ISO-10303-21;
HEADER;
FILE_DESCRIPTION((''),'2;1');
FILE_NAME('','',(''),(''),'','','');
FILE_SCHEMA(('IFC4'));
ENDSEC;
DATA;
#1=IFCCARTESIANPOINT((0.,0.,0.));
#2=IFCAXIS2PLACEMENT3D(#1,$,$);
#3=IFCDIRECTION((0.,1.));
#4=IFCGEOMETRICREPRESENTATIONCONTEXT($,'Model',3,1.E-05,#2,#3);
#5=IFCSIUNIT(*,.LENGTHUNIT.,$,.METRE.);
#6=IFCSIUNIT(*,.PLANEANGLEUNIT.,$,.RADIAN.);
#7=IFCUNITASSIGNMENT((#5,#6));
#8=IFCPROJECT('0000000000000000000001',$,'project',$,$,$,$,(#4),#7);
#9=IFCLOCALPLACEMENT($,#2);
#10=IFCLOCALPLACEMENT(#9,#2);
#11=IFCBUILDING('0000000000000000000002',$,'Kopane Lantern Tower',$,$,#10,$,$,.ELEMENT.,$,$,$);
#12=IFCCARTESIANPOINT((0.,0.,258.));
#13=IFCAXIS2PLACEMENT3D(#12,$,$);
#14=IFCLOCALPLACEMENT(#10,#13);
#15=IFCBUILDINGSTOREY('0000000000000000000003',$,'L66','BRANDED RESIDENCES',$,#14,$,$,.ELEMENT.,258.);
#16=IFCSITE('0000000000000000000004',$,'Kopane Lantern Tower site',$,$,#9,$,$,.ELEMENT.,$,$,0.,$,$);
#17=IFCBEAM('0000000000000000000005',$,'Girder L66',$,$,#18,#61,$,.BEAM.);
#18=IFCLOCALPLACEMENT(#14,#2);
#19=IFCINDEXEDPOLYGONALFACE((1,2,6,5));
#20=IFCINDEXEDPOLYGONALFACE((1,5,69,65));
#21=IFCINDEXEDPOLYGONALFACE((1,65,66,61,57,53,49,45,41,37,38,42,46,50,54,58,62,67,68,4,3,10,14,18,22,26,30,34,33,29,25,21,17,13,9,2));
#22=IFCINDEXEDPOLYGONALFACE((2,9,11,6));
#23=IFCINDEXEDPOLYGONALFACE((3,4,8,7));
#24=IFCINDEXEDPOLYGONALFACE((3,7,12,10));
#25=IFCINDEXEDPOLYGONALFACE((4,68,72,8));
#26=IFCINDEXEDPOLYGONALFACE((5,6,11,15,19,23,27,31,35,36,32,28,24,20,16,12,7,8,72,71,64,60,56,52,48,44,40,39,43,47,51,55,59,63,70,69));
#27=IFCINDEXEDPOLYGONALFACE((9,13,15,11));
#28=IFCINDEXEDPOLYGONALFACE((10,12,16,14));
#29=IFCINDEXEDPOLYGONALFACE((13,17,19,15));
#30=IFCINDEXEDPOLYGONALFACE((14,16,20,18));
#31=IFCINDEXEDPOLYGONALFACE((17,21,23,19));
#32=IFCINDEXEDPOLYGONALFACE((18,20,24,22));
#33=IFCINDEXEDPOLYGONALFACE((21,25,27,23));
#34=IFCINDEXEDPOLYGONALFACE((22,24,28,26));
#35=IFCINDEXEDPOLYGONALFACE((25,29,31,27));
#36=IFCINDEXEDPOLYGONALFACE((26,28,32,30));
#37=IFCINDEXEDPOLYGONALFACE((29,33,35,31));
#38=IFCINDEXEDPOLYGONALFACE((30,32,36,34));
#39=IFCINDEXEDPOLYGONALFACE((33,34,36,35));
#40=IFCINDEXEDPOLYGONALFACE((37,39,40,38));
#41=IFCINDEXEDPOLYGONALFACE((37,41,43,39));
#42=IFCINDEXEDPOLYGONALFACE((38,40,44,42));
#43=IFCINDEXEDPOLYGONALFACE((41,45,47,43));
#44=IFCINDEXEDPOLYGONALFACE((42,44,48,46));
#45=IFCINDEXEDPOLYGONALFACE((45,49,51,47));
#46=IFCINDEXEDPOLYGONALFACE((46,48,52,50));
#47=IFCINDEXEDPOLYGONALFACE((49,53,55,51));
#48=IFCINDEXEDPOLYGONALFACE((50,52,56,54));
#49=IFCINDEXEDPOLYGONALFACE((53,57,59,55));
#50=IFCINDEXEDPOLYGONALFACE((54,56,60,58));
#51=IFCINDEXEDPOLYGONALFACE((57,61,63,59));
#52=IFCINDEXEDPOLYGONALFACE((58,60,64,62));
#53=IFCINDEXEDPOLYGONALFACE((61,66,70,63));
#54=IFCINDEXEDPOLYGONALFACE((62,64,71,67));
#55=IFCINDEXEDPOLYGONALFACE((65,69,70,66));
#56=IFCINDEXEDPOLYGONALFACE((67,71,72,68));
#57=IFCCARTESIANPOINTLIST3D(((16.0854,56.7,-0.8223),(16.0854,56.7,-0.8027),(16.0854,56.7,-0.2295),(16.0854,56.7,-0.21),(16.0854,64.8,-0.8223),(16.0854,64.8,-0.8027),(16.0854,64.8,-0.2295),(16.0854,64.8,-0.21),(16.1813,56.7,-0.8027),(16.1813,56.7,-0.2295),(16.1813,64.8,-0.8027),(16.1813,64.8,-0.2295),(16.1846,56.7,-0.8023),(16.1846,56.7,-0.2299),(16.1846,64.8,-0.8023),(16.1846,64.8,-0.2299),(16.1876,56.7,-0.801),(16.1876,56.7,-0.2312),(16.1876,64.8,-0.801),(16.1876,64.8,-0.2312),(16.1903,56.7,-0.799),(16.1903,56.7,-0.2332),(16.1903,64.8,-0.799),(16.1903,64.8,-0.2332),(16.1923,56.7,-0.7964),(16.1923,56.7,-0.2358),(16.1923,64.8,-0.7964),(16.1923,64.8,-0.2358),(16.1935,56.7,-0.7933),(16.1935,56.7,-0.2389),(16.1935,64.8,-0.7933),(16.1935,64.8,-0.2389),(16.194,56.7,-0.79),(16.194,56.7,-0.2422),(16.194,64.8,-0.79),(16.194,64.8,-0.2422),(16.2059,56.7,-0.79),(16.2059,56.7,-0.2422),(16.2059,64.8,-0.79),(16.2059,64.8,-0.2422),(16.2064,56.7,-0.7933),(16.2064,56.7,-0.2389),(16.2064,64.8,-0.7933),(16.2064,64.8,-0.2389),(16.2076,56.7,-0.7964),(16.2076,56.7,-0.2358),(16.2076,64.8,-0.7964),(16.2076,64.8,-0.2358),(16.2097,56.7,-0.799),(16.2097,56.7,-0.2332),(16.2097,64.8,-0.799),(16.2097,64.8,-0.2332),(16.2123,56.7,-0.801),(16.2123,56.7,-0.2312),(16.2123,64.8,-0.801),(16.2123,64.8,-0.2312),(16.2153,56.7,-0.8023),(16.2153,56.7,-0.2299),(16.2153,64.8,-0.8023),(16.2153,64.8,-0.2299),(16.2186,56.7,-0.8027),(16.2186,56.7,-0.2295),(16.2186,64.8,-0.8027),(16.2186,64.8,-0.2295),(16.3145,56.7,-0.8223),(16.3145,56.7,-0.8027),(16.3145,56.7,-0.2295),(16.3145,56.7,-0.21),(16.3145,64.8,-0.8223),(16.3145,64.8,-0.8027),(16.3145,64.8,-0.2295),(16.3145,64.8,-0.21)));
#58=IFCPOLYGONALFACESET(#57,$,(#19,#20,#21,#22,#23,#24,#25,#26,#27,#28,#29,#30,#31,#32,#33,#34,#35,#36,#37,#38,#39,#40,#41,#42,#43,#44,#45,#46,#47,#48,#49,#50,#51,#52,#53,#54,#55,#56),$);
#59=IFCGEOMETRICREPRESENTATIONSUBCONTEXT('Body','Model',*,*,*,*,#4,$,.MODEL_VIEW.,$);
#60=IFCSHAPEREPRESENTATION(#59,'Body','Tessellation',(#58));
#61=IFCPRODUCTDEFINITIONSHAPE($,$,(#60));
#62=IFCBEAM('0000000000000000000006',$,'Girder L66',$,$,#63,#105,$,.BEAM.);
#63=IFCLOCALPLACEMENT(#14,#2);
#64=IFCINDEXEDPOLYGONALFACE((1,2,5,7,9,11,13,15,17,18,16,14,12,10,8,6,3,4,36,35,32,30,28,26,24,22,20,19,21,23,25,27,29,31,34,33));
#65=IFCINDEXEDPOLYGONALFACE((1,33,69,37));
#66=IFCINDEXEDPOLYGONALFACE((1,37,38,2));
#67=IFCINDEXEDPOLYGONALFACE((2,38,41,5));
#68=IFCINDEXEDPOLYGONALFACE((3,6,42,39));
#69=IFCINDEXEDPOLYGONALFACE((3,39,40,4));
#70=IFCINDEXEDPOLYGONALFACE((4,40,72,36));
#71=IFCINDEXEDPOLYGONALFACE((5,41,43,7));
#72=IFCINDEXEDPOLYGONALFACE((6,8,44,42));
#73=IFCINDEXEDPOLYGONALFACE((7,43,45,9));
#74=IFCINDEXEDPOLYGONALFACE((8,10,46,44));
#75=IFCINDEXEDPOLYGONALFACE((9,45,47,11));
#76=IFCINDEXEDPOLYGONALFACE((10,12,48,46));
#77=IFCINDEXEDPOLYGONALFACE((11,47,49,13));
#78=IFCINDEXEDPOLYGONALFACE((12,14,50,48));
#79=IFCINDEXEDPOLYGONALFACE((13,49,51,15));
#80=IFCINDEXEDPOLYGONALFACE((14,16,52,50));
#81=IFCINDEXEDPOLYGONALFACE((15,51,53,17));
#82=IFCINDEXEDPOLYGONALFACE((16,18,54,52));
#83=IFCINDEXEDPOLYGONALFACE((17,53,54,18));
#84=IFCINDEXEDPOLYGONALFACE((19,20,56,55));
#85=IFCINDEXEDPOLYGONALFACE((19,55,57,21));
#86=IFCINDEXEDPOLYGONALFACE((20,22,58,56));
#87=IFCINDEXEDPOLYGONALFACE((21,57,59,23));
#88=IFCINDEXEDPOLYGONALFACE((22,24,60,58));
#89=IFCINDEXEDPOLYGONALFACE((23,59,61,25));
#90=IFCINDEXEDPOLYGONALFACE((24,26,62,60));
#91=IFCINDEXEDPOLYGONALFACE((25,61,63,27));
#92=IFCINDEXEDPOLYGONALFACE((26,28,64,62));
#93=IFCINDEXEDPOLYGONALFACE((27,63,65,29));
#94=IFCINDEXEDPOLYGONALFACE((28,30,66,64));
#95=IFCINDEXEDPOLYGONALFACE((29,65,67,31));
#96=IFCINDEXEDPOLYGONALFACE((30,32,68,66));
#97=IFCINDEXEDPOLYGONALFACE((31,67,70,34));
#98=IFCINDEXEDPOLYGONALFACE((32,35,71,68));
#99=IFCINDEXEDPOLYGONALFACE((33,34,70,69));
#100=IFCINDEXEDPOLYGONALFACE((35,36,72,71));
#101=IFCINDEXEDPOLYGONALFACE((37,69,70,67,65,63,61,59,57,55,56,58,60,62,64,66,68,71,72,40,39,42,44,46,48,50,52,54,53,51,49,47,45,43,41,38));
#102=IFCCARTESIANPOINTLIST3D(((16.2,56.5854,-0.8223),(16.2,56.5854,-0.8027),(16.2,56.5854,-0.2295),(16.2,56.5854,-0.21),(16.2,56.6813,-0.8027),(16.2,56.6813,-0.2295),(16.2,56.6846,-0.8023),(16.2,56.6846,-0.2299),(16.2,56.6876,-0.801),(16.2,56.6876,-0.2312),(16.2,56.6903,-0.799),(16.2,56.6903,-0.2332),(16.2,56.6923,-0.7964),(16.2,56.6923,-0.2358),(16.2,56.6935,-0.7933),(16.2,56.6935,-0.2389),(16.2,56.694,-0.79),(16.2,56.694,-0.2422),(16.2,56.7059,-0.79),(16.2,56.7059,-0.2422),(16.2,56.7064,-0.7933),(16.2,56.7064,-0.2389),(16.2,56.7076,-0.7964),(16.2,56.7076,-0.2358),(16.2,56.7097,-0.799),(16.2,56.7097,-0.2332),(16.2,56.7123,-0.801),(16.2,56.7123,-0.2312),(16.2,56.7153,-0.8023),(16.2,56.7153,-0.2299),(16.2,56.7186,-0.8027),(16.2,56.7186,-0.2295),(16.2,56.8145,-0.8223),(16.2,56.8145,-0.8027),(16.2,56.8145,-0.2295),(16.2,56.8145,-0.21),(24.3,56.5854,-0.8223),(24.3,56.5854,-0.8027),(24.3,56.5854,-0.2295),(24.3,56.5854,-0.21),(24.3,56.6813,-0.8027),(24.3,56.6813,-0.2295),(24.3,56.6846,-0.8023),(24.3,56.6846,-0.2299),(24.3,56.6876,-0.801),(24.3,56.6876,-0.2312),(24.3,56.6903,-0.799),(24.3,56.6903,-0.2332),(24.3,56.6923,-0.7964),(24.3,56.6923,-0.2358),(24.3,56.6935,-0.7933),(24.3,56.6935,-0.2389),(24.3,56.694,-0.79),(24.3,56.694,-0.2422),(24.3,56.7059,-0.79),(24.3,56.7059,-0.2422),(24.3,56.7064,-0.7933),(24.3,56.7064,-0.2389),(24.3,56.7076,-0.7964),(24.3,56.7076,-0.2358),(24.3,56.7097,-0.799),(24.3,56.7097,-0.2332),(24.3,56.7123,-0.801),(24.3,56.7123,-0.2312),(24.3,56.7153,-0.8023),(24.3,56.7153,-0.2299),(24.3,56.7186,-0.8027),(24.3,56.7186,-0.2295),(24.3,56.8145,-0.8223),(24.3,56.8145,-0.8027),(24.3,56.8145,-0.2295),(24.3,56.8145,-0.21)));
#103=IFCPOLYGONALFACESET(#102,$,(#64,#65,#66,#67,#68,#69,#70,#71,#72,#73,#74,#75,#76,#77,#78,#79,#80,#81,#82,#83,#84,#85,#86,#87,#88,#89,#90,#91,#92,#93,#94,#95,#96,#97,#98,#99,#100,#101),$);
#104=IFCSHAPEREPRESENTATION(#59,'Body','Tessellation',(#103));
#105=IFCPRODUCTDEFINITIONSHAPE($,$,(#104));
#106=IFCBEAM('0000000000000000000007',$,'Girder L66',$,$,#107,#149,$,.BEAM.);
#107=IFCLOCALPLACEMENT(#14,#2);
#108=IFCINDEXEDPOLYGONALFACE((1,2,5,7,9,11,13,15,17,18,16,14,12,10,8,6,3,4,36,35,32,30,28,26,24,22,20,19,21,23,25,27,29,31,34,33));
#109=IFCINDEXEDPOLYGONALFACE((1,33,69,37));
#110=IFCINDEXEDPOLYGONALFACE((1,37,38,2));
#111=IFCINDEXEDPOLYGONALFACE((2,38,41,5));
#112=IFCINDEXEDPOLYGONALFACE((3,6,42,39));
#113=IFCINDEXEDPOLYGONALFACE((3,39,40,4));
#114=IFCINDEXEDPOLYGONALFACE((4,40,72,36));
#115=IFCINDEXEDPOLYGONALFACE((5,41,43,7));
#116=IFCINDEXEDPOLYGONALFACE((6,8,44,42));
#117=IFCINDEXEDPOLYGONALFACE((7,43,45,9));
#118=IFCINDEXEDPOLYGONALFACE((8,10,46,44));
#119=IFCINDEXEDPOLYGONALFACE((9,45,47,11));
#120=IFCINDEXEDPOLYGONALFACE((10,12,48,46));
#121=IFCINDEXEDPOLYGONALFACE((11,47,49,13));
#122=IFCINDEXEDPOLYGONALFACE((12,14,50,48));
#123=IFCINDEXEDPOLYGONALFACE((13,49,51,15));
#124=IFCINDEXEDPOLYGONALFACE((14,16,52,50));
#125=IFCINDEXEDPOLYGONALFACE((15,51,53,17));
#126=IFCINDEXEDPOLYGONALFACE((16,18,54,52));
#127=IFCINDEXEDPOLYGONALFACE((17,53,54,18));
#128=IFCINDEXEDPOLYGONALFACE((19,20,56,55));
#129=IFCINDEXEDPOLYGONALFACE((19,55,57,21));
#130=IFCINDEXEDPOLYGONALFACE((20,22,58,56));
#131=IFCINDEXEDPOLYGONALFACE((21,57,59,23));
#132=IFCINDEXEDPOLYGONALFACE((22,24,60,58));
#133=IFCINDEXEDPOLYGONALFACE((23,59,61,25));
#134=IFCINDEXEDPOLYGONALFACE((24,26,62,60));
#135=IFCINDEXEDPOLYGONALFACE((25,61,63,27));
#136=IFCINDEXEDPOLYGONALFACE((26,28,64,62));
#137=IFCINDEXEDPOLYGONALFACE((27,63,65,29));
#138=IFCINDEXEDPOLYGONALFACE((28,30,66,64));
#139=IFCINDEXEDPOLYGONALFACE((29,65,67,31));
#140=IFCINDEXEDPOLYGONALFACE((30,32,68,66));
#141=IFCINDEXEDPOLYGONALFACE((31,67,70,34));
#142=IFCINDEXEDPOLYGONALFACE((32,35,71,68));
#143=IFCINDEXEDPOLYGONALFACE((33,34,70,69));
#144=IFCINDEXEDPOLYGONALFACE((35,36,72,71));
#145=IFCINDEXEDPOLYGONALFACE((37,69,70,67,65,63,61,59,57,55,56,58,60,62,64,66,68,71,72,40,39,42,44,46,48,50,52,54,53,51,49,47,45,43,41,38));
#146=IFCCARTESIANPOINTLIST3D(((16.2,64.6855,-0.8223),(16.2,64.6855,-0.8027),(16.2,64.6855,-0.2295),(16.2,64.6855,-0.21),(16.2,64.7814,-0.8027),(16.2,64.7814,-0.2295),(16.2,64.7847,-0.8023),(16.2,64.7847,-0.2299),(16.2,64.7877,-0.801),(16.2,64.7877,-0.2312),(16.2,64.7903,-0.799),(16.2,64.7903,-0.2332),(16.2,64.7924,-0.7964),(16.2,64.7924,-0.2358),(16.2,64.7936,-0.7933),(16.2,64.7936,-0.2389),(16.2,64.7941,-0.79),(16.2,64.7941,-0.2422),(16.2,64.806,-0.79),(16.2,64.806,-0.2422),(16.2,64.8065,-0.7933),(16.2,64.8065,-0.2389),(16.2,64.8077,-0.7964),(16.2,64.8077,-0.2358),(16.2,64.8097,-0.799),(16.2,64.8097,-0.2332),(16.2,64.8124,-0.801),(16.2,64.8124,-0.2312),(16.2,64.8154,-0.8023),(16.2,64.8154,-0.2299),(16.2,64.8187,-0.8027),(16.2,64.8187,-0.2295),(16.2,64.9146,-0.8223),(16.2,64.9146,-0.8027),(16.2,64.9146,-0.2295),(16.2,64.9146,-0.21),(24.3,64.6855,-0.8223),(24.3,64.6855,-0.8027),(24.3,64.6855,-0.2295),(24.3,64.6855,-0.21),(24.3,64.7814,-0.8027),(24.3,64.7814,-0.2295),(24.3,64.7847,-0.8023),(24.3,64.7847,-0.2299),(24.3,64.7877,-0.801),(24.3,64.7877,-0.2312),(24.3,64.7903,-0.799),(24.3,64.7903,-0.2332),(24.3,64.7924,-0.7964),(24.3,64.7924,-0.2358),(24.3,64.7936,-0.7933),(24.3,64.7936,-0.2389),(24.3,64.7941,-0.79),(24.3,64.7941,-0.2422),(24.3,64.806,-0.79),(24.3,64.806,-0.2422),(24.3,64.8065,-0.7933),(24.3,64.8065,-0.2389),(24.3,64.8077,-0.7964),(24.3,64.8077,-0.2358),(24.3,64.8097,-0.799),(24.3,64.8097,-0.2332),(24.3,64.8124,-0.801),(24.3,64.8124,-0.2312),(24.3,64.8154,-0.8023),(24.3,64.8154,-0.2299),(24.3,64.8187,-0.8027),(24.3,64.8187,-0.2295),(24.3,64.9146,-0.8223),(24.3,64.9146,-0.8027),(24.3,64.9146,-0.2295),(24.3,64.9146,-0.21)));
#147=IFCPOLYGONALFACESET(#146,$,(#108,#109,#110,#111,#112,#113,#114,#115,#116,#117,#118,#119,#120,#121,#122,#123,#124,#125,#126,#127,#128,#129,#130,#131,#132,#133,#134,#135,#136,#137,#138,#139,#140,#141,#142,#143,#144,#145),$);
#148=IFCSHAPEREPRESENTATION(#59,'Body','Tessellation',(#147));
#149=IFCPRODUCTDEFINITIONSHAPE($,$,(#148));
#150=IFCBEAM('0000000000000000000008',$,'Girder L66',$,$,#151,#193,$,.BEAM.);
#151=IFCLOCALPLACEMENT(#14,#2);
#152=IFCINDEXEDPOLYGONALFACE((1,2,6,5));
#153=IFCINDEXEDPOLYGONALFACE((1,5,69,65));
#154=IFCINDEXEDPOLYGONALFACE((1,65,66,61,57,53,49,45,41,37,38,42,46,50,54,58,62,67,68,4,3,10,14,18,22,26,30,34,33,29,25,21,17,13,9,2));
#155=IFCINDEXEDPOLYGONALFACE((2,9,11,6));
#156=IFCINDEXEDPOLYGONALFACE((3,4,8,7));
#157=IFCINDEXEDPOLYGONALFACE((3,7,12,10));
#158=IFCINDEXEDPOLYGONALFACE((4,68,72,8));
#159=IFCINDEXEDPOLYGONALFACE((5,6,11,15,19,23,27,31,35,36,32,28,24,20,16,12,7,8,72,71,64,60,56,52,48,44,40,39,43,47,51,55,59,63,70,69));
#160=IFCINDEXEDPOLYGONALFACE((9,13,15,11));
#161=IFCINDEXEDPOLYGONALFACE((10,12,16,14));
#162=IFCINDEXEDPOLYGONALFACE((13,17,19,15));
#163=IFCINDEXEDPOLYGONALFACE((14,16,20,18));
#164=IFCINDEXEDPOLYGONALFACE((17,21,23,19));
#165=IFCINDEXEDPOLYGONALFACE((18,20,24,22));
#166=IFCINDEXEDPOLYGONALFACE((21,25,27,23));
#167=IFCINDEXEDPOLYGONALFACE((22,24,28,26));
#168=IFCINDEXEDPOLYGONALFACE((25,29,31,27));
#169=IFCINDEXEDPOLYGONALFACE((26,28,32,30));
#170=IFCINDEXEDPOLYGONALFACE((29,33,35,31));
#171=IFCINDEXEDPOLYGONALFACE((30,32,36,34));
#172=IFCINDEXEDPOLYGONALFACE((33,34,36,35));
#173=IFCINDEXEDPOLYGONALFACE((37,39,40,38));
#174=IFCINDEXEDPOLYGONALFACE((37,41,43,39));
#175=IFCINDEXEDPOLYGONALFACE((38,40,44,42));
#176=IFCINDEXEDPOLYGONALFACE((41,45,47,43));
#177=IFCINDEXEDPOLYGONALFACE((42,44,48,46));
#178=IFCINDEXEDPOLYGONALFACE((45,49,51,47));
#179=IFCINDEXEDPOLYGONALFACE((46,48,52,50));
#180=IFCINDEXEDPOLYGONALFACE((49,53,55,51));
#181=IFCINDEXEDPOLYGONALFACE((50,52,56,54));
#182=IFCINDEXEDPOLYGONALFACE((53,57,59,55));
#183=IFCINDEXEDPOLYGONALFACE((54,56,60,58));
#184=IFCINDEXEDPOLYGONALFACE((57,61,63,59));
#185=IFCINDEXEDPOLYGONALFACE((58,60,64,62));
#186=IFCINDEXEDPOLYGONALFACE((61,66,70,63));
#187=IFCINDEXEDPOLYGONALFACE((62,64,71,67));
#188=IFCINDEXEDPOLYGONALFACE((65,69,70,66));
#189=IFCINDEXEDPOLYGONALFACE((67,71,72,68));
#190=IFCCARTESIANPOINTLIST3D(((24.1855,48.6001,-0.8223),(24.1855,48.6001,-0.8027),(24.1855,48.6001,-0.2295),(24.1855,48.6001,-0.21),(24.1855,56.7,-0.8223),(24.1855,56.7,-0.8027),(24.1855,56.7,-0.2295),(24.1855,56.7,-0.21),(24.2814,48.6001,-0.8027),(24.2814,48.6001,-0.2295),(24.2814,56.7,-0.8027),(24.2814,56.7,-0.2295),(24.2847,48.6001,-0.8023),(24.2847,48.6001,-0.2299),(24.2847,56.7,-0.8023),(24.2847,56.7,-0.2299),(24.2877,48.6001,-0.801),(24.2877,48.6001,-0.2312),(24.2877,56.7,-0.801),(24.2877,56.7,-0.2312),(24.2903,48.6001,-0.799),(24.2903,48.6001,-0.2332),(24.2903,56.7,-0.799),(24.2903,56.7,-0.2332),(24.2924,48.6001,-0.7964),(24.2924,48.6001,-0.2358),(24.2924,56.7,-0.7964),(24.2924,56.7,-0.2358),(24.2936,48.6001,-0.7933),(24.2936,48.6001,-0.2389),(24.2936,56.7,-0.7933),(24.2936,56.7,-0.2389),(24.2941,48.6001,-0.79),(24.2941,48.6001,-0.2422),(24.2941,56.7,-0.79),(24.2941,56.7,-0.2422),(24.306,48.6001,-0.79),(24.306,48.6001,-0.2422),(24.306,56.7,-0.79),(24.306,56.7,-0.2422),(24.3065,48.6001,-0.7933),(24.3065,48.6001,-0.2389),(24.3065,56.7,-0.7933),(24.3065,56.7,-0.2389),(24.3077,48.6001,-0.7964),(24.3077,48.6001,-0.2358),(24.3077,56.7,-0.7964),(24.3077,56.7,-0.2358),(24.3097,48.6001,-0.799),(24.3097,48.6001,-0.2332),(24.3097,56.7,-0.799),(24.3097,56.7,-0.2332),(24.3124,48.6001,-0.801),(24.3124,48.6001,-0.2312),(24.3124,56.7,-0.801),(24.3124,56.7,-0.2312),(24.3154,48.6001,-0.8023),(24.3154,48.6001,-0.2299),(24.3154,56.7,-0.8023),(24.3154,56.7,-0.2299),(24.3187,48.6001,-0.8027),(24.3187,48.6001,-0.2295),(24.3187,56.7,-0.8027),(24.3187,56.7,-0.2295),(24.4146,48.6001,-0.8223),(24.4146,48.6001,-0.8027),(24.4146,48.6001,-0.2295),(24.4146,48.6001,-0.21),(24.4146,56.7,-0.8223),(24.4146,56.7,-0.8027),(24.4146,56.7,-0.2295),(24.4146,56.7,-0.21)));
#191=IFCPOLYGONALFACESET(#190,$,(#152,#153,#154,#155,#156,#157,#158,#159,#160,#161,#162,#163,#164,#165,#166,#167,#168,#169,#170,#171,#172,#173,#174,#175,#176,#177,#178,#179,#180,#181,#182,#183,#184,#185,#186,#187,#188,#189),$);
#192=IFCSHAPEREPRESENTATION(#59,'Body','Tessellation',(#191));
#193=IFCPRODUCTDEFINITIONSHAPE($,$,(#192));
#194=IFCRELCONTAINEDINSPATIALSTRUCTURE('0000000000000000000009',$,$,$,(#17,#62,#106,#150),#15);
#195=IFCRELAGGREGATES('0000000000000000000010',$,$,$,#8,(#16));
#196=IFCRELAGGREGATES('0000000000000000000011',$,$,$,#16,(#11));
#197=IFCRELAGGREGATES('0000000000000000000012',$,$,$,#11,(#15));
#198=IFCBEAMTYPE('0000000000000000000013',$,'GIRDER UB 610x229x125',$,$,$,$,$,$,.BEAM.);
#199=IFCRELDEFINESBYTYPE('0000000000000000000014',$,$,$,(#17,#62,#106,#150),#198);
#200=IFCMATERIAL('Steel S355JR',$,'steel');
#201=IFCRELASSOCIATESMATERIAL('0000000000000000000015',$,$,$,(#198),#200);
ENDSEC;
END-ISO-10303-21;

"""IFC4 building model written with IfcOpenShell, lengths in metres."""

from ifc_helpers import new_model, si_unit, direction, frame, origin, origin_2d, place, context, subcontext, project, spatial, i_section, extrude, material, material_profile, profile_set, type_object, element, save


model = new_model("IFC4")

# Units and contexts
model_context = context("Model", 3, precision=1e-05, world=origin(), true_north=direction((0.0, 1.0)))
body_context = subcontext(model_context, "Body", "Model", "MODEL_VIEW")
ifc_project = project(units=[si_unit("LENGTHUNIT", "METRE"), si_unit("PLANEANGLEUNIT", "RADIAN")], contexts=[model_context])

# Site, building, storey
site_placement = place(None, origin())
site = spatial("IfcSite", under=ifc_project, at=site_placement, Name="Kopane Lantern Tower site", CompositionType="ELEMENT", RefElevation=0.0)
building_placement = place(site_placement, origin())
building = spatial("IfcBuilding", under=site, at=building_placement, Name="Kopane Lantern Tower", CompositionType="ELEMENT")
storey_placement = place(building_placement, frame((0.0, 0.0, 258.0)))
storey = spatial("IfcBuildingStorey", under=building, at=storey_placement, Name="L66", Description="BRANDED RESIDENCES", CompositionType="ELEMENT", Elevation=258.0)

# Beams
ifc_material_1 = material(Name="Steel S355JR", Category="steel")
ifc_material_profile_1 = material_profile(ifc_material_1, i_section(OverallWidth=0.229, OverallDepth=0.6123, WebThickness=0.012, FlangeThickness=0.0195, FilletRadius=0.0127, at=origin_2d()), Name="UB 610x229x125")
ifc_profile_set_1 = profile_set([ifc_material_profile_1], Name="Steel S355JR")
beam_type = type_object("IfcBeamType", Name="GIRDER UB 610x229x125", PredefinedType="BEAM", material=ifc_profile_set_1)
for number, where, z_axis, x_axis, name in (
    (1, (16.2, 56.7, -0.5161), (0.0, 1.0, 0.0), (-1.0, 0.0, 0.0), "Girder L66"),
    (2, (16.2, 56.7, -0.5161), (1.0, 0.0, 0.0), (0.0, 1.0, 0.0), "Girder L66"),
    (3, (16.2, 64.8, -0.5161), (1.0, 0.0, 0.0), (0.0, 1.0, 0.0), "Girder L66"),
):
    element("IfcBeam", number, at=place(storey_placement, frame(where, z_axis=z_axis, x_axis=x_axis)), inside=storey, type_object=beam_type, Name=name, PredefinedType="BEAM", context=body_context, shape_type="SweptSolid", body=[
        extrude(i_section(OverallWidth=0.229, OverallDepth=0.6123, WebThickness=0.012, FlangeThickness=0.0195, FilletRadius=0.0127, at=origin_2d()), origin(), (0.0, 0.0, 1.0), 8.1001),
    ])
for number, where, z_axis, x_axis, name in (
    (4, (24.3, 48.6001, -0.5161), (0.0, 1.0, 0.0), (-1.0, 0.0, 0.0), "Girder L66"),
):
    element("IfcBeam", number, at=place(storey_placement, frame(where, z_axis=z_axis, x_axis=x_axis)), inside=storey, type_object=beam_type, Name=name, PredefinedType="BEAM", context=body_context, shape_type="SweptSolid", body=[
        extrude(i_section(OverallWidth=0.229, OverallDepth=0.6123, WebThickness=0.012, FlangeThickness=0.0195, FilletRadius=0.0127, at=origin_2d()), origin(), (0.0, 0.0, 1.0), 8.0999),
    ])

save(model, "model.ifc")
